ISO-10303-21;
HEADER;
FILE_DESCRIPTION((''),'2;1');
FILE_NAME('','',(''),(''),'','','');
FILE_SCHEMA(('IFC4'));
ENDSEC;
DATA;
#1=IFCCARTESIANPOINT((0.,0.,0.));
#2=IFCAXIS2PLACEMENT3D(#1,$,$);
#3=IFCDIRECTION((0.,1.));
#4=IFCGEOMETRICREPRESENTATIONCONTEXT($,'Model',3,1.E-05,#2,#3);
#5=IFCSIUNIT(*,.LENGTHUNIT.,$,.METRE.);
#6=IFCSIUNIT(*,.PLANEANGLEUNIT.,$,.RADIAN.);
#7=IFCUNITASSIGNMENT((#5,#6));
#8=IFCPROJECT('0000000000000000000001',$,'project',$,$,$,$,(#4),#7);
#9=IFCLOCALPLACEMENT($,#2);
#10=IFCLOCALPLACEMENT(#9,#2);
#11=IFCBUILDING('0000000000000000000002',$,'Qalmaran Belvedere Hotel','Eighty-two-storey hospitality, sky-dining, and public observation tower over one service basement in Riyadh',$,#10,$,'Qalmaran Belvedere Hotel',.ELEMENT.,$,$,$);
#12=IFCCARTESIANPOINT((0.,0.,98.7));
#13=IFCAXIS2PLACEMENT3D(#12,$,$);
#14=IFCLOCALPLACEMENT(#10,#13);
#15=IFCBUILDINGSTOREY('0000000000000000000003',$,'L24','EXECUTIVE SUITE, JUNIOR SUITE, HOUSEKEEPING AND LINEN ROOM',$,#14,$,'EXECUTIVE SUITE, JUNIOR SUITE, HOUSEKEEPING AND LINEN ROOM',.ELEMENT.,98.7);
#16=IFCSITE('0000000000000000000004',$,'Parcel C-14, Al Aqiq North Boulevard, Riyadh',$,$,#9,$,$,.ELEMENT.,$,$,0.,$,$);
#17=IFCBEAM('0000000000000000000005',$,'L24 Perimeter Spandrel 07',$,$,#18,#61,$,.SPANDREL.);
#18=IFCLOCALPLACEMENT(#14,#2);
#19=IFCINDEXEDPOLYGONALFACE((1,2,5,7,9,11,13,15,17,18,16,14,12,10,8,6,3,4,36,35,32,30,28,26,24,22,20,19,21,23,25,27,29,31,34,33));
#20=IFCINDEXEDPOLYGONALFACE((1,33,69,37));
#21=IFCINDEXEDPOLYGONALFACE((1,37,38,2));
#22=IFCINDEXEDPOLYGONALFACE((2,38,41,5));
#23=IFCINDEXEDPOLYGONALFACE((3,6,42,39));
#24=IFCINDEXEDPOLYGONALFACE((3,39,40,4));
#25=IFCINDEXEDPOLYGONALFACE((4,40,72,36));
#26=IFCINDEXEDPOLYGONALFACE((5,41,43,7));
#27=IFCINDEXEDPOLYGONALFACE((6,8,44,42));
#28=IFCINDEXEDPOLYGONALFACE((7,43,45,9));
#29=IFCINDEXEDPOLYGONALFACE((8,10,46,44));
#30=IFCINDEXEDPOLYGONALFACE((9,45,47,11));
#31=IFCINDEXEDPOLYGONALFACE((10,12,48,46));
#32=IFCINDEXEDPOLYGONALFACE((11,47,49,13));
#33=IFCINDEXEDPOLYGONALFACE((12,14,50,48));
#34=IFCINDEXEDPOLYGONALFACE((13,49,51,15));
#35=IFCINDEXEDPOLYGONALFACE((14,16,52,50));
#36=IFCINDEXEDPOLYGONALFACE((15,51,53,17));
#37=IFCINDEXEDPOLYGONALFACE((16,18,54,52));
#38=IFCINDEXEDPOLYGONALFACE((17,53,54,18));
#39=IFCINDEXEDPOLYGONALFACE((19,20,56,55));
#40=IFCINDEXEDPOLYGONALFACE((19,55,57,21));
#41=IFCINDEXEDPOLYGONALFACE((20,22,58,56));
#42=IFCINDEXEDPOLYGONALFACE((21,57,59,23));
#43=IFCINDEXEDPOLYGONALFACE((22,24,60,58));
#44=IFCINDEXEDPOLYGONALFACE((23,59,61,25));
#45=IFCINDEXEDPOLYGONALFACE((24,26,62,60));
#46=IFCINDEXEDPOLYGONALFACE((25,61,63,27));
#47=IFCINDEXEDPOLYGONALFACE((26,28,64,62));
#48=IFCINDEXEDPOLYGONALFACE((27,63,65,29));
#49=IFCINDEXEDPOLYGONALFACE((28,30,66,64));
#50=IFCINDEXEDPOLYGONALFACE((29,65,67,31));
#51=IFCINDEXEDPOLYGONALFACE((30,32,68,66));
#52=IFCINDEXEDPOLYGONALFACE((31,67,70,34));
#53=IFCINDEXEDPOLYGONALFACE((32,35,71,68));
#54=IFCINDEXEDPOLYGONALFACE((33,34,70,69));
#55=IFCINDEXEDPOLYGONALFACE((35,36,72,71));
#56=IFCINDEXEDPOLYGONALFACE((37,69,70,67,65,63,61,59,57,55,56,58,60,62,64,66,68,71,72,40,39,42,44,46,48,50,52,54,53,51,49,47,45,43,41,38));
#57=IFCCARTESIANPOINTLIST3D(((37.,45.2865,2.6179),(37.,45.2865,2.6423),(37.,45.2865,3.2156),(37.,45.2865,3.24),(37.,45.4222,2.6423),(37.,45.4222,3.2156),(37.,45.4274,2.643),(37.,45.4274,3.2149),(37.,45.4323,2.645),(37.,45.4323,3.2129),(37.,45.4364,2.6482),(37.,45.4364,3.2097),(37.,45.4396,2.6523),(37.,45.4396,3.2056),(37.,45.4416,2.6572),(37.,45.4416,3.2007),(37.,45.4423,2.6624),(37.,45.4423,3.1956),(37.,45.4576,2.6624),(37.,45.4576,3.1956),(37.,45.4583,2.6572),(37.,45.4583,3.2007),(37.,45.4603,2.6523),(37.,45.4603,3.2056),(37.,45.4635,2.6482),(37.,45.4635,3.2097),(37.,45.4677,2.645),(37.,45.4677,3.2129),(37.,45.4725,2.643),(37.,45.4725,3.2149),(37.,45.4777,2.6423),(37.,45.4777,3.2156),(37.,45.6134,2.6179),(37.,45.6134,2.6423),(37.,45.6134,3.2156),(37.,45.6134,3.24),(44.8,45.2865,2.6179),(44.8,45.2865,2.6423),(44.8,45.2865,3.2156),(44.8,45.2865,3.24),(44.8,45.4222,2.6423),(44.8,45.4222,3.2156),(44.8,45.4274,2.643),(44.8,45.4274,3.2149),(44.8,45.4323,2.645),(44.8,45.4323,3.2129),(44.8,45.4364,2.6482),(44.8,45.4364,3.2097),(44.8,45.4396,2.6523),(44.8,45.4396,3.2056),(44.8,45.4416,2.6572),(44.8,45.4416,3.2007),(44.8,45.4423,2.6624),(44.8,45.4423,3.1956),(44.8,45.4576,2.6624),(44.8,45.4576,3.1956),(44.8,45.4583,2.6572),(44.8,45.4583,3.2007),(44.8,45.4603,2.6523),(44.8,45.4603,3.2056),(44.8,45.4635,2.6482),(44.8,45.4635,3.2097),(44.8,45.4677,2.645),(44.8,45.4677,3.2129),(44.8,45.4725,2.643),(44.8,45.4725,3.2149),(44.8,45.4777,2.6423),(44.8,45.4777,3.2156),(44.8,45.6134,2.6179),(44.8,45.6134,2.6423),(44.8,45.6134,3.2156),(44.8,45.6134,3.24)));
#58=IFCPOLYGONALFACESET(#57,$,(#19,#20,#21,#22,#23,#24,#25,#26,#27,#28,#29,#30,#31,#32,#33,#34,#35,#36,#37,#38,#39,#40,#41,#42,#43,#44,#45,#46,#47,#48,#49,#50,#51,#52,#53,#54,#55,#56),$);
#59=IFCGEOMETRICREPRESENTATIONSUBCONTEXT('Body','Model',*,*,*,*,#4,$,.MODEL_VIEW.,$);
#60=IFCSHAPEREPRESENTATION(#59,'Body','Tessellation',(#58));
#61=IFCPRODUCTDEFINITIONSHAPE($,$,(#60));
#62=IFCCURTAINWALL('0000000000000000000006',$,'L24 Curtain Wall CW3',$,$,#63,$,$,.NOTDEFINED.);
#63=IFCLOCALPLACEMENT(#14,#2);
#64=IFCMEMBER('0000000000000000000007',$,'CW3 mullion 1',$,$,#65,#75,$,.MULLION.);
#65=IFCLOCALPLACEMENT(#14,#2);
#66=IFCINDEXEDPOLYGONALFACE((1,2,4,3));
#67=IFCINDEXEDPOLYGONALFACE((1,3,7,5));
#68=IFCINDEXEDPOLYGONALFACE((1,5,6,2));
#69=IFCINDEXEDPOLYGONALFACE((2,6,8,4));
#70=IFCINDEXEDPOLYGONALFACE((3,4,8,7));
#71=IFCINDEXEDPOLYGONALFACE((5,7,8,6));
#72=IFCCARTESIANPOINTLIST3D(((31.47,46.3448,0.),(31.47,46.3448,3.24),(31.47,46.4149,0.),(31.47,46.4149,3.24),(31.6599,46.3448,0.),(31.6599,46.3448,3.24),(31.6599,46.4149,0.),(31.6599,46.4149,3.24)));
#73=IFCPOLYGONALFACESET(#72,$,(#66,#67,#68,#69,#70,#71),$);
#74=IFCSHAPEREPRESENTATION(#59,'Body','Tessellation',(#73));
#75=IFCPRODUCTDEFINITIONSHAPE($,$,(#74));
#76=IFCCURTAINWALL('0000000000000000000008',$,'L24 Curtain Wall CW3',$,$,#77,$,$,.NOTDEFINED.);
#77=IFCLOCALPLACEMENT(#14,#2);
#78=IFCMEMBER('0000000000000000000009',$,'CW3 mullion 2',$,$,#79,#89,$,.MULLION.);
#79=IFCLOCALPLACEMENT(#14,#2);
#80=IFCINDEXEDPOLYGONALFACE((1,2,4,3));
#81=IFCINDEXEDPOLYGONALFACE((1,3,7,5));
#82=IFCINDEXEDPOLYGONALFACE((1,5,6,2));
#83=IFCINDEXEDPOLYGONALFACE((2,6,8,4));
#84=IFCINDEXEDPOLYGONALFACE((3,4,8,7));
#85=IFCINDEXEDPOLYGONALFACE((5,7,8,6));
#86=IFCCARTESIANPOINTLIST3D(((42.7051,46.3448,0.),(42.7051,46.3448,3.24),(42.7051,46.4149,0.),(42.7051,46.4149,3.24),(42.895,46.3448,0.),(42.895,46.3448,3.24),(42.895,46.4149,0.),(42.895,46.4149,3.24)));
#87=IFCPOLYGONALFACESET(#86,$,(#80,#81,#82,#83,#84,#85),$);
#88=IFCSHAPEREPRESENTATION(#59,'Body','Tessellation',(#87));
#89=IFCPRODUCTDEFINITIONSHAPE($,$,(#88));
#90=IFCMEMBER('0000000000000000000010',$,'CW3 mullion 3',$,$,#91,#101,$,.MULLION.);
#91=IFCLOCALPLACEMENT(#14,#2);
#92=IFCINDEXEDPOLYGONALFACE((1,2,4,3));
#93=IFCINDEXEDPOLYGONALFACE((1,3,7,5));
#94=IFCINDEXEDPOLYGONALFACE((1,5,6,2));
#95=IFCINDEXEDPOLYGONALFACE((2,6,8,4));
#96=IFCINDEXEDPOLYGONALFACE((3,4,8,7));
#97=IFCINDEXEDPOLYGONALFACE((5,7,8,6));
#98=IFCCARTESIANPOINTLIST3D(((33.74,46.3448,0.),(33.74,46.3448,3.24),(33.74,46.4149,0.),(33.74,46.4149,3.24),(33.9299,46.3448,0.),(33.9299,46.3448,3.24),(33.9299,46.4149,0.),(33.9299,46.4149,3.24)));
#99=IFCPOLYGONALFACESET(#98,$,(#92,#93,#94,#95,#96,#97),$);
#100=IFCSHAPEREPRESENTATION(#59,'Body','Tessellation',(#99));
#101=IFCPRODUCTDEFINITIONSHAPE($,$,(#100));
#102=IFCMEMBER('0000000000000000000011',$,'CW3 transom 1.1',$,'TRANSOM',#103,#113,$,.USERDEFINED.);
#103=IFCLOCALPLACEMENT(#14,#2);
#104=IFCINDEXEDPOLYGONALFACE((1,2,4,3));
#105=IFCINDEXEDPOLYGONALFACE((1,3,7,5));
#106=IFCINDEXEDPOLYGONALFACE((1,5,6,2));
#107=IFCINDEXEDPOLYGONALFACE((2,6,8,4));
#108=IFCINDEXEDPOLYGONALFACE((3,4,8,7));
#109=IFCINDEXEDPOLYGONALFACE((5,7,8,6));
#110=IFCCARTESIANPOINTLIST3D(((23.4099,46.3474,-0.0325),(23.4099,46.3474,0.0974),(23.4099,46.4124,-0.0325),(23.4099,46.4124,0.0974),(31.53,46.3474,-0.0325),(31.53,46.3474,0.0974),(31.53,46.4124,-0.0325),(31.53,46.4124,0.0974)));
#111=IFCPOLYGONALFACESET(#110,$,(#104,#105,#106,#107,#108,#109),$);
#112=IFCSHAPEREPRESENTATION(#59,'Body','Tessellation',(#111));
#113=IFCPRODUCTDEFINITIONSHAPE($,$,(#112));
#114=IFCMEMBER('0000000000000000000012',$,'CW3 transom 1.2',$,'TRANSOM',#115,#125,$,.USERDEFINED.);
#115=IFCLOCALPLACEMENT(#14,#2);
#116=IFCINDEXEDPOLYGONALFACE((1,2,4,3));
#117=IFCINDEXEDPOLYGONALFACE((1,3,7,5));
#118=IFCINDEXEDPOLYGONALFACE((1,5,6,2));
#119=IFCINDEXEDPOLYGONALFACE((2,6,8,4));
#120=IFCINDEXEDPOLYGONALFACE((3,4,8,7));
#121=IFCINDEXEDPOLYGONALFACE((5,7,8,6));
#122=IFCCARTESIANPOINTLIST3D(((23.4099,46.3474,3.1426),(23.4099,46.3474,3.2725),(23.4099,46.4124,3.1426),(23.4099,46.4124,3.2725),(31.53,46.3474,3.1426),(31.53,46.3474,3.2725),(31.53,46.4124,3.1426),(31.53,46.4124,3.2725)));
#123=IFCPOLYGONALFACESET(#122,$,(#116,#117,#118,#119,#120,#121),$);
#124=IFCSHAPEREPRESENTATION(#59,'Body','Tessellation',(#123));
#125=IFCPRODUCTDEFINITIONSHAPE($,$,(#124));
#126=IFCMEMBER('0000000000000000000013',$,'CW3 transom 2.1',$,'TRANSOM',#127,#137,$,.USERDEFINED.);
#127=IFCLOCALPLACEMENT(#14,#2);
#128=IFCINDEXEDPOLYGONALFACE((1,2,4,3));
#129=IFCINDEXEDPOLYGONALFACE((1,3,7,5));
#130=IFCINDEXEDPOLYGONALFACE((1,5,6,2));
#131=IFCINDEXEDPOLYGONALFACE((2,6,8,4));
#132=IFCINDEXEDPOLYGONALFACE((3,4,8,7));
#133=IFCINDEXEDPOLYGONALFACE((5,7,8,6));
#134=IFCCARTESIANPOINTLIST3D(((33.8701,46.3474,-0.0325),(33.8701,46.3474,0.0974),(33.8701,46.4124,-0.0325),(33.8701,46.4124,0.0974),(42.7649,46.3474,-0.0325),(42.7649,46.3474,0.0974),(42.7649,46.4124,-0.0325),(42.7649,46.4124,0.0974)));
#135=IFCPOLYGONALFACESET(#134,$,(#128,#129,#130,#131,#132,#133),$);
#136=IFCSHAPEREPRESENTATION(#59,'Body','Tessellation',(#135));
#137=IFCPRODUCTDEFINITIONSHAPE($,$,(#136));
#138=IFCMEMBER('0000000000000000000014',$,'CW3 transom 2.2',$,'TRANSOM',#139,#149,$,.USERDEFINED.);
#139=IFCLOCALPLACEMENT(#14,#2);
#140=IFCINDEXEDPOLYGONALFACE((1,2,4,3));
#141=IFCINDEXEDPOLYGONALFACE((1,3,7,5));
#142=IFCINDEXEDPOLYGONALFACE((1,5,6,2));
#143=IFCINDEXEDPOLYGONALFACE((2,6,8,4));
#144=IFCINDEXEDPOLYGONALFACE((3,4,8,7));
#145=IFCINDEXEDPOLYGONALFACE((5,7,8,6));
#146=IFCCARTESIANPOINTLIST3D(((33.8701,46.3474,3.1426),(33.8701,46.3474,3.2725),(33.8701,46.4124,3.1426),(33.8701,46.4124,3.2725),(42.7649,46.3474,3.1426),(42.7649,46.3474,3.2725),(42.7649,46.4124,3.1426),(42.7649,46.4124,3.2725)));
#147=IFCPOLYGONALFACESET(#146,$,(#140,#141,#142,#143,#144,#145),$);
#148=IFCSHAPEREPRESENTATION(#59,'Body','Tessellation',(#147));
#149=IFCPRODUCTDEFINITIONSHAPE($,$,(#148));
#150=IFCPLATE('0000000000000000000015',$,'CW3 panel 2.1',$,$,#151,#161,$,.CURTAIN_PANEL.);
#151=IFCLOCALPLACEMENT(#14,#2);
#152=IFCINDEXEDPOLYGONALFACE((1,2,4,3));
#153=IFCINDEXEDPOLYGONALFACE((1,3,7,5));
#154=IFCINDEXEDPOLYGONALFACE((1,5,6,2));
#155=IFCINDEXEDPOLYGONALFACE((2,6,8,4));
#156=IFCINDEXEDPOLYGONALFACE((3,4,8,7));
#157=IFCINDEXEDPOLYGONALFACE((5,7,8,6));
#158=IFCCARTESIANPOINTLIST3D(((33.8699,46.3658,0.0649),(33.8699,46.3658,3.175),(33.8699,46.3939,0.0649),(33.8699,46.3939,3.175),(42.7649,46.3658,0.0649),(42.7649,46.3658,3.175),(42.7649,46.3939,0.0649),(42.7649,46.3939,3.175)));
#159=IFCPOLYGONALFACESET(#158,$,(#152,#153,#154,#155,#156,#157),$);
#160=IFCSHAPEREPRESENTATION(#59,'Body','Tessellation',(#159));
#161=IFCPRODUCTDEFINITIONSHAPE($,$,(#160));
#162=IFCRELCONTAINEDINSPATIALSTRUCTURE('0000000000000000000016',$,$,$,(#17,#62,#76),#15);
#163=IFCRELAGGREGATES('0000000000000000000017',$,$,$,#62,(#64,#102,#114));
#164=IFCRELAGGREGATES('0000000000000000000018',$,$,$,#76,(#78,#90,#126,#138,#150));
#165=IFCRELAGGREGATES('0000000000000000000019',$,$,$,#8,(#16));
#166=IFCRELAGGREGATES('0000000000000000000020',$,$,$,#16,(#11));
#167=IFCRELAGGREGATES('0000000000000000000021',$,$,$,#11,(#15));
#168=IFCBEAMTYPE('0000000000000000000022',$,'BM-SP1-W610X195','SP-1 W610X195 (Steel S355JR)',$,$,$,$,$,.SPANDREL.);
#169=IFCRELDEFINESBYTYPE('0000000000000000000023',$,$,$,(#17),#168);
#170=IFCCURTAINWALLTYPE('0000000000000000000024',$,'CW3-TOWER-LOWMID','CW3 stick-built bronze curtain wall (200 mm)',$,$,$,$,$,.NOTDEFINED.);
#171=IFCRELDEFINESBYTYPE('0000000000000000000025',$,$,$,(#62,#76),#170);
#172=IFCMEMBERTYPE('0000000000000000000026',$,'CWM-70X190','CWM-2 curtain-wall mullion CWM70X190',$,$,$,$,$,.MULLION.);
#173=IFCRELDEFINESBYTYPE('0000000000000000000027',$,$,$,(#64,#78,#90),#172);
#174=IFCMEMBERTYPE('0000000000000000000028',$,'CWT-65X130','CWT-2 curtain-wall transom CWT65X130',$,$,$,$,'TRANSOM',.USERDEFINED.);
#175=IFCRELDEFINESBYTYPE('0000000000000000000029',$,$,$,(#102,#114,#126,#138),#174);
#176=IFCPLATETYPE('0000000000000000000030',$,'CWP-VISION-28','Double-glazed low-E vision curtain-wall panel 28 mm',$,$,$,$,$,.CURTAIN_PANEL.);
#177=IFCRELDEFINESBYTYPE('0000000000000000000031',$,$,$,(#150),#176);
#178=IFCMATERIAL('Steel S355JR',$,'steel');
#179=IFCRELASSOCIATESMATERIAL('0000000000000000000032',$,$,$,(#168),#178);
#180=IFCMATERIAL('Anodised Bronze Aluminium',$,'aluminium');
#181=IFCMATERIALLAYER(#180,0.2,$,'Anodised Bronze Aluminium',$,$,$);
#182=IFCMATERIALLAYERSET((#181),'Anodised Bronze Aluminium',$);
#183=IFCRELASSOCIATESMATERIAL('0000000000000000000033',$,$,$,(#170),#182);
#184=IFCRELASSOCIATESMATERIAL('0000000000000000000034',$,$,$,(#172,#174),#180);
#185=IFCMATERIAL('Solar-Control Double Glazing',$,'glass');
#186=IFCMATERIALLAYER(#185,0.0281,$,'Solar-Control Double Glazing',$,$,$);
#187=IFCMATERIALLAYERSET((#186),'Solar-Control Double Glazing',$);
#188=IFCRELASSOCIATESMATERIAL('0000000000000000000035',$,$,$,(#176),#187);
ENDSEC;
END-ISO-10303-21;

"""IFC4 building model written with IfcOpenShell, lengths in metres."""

from ifc_helpers import new_model, si_unit, direction, frame, origin, origin_2d, place, context, subcontext, project, spatial, rectangle, i_section, extrude, material, layer, layer_set, material_profile, profile_set, type_object, element, aggregate, save


model = new_model("IFC4")

# Units and contexts
model_context = context("Model", 3, precision=1e-05, world=origin(), true_north=direction((0.0, 1.0)))
body_context = subcontext(model_context, "Body", "Model", "MODEL_VIEW")
ifc_project = project(units=[si_unit("LENGTHUNIT", "METRE"), si_unit("PLANEANGLEUNIT", "RADIAN")], contexts=[model_context])

# Site, building, storey
site_placement = place(None, origin())
site = spatial("IfcSite", under=ifc_project, at=site_placement, Name="Parcel C-14, Al Aqiq North Boulevard, Riyadh", CompositionType="ELEMENT", RefElevation=0.0)
building_placement = place(site_placement, origin())
building = spatial("IfcBuilding", under=site, at=building_placement, Name="Qalmaran Belvedere Hotel", Description="Eighty-two-storey hospitality, sky-dining, and public observation tower over one service basement in Riyadh", LongName="Qalmaran Belvedere Hotel", CompositionType="ELEMENT")
storey_placement = place(building_placement, frame((0.0, 0.0, 98.7)))
storey = spatial("IfcBuildingStorey", under=building, at=storey_placement, Name="L24", Description="EXECUTIVE SUITE, JUNIOR SUITE, HOUSEKEEPING AND LINEN ROOM", LongName="EXECUTIVE SUITE, JUNIOR SUITE, HOUSEKEEPING AND LINEN ROOM", CompositionType="ELEMENT", Elevation=98.7)

# Beam
ifc_material_1 = material(Name="Steel S355JR", Category="steel")
ifc_material_profile_1 = material_profile(ifc_material_1, i_section(OverallWidth=0.3269, OverallDepth=0.6221, WebThickness=0.0154, FlangeThickness=0.0244, FilletRadius=0.02, at=origin_2d()), Name="W610X195")
ifc_profile_set_1 = profile_set([ifc_material_profile_1], Name="Steel S355JR")
beam_type_1 = type_object("IfcBeamType", Name="BM-SP1-W610X195", Description="SP-1 W610X195 (Steel S355JR)", PredefinedType="SPANDREL", material=ifc_profile_set_1)
beam_placement = place(storey_placement, frame((37.0, 45.45, 2.929), z_axis=(1.0, 0.0, 0.0), x_axis=(0.0, 1.0, 0.0)))
element("IfcBeam", 1, at=beam_placement, inside=storey, type_object=beam_type_1, Name="L24 Perimeter Spandrel 07", PredefinedType="SPANDREL", context=body_context, shape_type="SweptSolid", body=[
    extrude(i_section(OverallWidth=0.3269, OverallDepth=0.6221, WebThickness=0.0154, FlangeThickness=0.0244, FilletRadius=0.02, at=origin_2d()), origin(), (0.0, 0.0, 1.0), 7.8),
])

# Curtain wall, member
ifc_material_2 = material(Name="Anodised Bronze Aluminium", Category="aluminium")
ifc_layer_1 = layer(ifc_material_2, 0.2, Name="Anodised Bronze Aluminium")
ifc_layer_set_1 = layer_set([ifc_layer_1], Name="Anodised Bronze Aluminium")
curtain_wall_type = type_object("IfcCurtainWallType", Name="CW3-TOWER-LOWMID", Description="CW3 stick-built bronze curtain wall (200 mm)", PredefinedType="NOTDEFINED", material=ifc_layer_set_1)
curtain_wall_1_placement = place(storey_placement, origin())
curtain_wall_1 = element("IfcCurtainWall", 2, at=curtain_wall_1_placement, inside=storey, type_object=curtain_wall_type, Name="L24 Curtain Wall CW3", PredefinedType="NOTDEFINED")
ifc_material_profile_2 = material_profile(ifc_material_2, rectangle(XDim=0.0701, YDim=0.1899, at=origin_2d()), Name="CWM70X190")
ifc_profile_set_2 = profile_set([ifc_material_profile_2], Name="Anodised Bronze Aluminium")
member_type_1 = type_object("IfcMemberType", Name="CWM-70X190", Description="CWM-2 curtain-wall mullion CWM70X190", PredefinedType="MULLION", material=ifc_profile_set_2)
member_1_placement = place(storey_placement, frame((31.5649, 46.3799, 0.0), z_axis=(0.0, 0.0, 1.0), x_axis=(0.0, -1.0, 0.0)))
member_1 = element("IfcMember", 3, at=member_1_placement, type_object=member_type_1, Name="CW3 mullion 1", PredefinedType="MULLION", context=body_context, shape_type="SweptSolid", body=[
    extrude(rectangle(XDim=0.0701, YDim=0.1899, at=origin_2d()), origin(), (0.0, 0.0, 1.0), 3.24),
])

# Curtain wall, members
curtain_wall_2_placement = place(storey_placement, origin())
curtain_wall_2 = element("IfcCurtainWall", 4, at=curtain_wall_2_placement, inside=storey, type_object=curtain_wall_type, Name="L24 Curtain Wall CW3", PredefinedType="NOTDEFINED")
member_2_placement = place(storey_placement, frame((42.8, 46.3799, 0.0), z_axis=(0.0, 0.0, 1.0), x_axis=(0.0, -1.0, 0.0)))
member_2 = element("IfcMember", 5, at=member_2_placement, type_object=member_type_1, Name="CW3 mullion 2", PredefinedType="MULLION", context=body_context, shape_type="SweptSolid", body=[
    extrude(rectangle(XDim=0.0701, YDim=0.1899, at=origin_2d()), origin(), (0.0, 0.0, 1.0), 3.24),
])
member_3_placement = place(storey_placement, frame((33.835, 46.3799, 0.0), z_axis=(0.0, 0.0, 1.0), x_axis=(0.0, -1.0, 0.0)))
member_3 = element("IfcMember", 6, at=member_3_placement, type_object=member_type_1, Name="CW3 mullion 3", PredefinedType="MULLION", context=body_context, shape_type="SweptSolid", body=[
    extrude(rectangle(XDim=0.0701, YDim=0.1899, at=origin_2d()), origin(), (0.0, 0.0, 1.0), 3.24),
])

# Members
ifc_material_profile_3 = material_profile(ifc_material_2, rectangle(XDim=0.0649, YDim=0.1299, at=origin_2d()), Name="CWT65X130")
ifc_profile_set_3 = profile_set([ifc_material_profile_3], Name="Anodised Bronze Aluminium")
member_type_2 = type_object("IfcMemberType", Name="CWT-65X130", Description="CWT-2 curtain-wall transom CWT65X130", ElementType="TRANSOM", PredefinedType="USERDEFINED", material=ifc_profile_set_3)
member_4_placement = place(storey_placement, frame((31.53, 46.3799, 0.0325), z_axis=(-1.0, 0.0, 0.0), x_axis=(0.0, -1.0, 0.0)))
member_4 = element("IfcMember", 7, at=member_4_placement, type_object=member_type_2, Name="CW3 transom 1.1", ObjectType="TRANSOM", PredefinedType="USERDEFINED", context=body_context, shape_type="SweptSolid", body=[
    extrude(rectangle(XDim=0.0649, YDim=0.1299, at=origin_2d()), origin(), (0.0, 0.0, 1.0), 8.1201),
])
member_5_placement = place(storey_placement, frame((31.53, 46.3799, 3.2075), z_axis=(-1.0, 0.0, 0.0), x_axis=(0.0, -1.0, 0.0)))
member_5 = element("IfcMember", 8, at=member_5_placement, type_object=member_type_2, Name="CW3 transom 1.2", ObjectType="TRANSOM", PredefinedType="USERDEFINED", context=body_context, shape_type="SweptSolid", body=[
    extrude(rectangle(XDim=0.0649, YDim=0.1299, at=origin_2d()), origin(), (0.0, 0.0, 1.0), 8.1201),
])
aggregate(curtain_wall_1, [member_1, member_4, member_5])
member_6_placement = place(storey_placement, frame((42.7649, 46.3799, 0.0325), z_axis=(-1.0, 0.0, 0.0), x_axis=(0.0, -1.0, 0.0)))
member_6 = element("IfcMember", 9, at=member_6_placement, type_object=member_type_2, Name="CW3 transom 2.1", ObjectType="TRANSOM", PredefinedType="USERDEFINED", context=body_context, shape_type="SweptSolid", body=[
    extrude(rectangle(XDim=0.0649, YDim=0.1299, at=origin_2d()), origin(), (0.0, 0.0, 1.0), 8.8948),
])
member_7_placement = place(storey_placement, frame((42.7649, 46.3799, 3.2075), z_axis=(-1.0, 0.0, 0.0), x_axis=(0.0, -1.0, 0.0)))
member_7 = element("IfcMember", 10, at=member_7_placement, type_object=member_type_2, Name="CW3 transom 2.2", ObjectType="TRANSOM", PredefinedType="USERDEFINED", context=body_context, shape_type="SweptSolid", body=[
    extrude(rectangle(XDim=0.0649, YDim=0.1299, at=origin_2d()), origin(), (0.0, 0.0, 1.0), 8.8948),
])

# Plate
ifc_material_3 = material(Name="Solar-Control Double Glazing", Category="glass")
ifc_layer_2 = layer(ifc_material_3, 0.0281, Name="Solar-Control Double Glazing")
ifc_layer_set_2 = layer_set([ifc_layer_2], Name="Solar-Control Double Glazing")
plate_type = type_object("IfcPlateType", Name="CWP-VISION-28", Description="Double-glazed low-E vision curtain-wall panel 28 mm", PredefinedType="CURTAIN_PANEL", material=ifc_layer_set_2)
plate_placement = place(storey_placement, frame((38.3174, 46.3799, 0.0649), z_axis=(0.0, 0.0, 1.0), x_axis=(-1.0, 0.0, 0.0)))
plate = element("IfcPlate", 11, at=plate_placement, type_object=plate_type, Name="CW3 panel 2.1", PredefinedType="CURTAIN_PANEL", context=body_context, shape_type="SweptSolid", body=[
    extrude(rectangle(XDim=8.895, YDim=0.0281, at=origin_2d()), origin(), (0.0, 0.0, 1.0), 3.1101),
])
aggregate(curtain_wall_2, [member_2, member_3, member_6, member_7, plate])

save(model, "model.ifc")
